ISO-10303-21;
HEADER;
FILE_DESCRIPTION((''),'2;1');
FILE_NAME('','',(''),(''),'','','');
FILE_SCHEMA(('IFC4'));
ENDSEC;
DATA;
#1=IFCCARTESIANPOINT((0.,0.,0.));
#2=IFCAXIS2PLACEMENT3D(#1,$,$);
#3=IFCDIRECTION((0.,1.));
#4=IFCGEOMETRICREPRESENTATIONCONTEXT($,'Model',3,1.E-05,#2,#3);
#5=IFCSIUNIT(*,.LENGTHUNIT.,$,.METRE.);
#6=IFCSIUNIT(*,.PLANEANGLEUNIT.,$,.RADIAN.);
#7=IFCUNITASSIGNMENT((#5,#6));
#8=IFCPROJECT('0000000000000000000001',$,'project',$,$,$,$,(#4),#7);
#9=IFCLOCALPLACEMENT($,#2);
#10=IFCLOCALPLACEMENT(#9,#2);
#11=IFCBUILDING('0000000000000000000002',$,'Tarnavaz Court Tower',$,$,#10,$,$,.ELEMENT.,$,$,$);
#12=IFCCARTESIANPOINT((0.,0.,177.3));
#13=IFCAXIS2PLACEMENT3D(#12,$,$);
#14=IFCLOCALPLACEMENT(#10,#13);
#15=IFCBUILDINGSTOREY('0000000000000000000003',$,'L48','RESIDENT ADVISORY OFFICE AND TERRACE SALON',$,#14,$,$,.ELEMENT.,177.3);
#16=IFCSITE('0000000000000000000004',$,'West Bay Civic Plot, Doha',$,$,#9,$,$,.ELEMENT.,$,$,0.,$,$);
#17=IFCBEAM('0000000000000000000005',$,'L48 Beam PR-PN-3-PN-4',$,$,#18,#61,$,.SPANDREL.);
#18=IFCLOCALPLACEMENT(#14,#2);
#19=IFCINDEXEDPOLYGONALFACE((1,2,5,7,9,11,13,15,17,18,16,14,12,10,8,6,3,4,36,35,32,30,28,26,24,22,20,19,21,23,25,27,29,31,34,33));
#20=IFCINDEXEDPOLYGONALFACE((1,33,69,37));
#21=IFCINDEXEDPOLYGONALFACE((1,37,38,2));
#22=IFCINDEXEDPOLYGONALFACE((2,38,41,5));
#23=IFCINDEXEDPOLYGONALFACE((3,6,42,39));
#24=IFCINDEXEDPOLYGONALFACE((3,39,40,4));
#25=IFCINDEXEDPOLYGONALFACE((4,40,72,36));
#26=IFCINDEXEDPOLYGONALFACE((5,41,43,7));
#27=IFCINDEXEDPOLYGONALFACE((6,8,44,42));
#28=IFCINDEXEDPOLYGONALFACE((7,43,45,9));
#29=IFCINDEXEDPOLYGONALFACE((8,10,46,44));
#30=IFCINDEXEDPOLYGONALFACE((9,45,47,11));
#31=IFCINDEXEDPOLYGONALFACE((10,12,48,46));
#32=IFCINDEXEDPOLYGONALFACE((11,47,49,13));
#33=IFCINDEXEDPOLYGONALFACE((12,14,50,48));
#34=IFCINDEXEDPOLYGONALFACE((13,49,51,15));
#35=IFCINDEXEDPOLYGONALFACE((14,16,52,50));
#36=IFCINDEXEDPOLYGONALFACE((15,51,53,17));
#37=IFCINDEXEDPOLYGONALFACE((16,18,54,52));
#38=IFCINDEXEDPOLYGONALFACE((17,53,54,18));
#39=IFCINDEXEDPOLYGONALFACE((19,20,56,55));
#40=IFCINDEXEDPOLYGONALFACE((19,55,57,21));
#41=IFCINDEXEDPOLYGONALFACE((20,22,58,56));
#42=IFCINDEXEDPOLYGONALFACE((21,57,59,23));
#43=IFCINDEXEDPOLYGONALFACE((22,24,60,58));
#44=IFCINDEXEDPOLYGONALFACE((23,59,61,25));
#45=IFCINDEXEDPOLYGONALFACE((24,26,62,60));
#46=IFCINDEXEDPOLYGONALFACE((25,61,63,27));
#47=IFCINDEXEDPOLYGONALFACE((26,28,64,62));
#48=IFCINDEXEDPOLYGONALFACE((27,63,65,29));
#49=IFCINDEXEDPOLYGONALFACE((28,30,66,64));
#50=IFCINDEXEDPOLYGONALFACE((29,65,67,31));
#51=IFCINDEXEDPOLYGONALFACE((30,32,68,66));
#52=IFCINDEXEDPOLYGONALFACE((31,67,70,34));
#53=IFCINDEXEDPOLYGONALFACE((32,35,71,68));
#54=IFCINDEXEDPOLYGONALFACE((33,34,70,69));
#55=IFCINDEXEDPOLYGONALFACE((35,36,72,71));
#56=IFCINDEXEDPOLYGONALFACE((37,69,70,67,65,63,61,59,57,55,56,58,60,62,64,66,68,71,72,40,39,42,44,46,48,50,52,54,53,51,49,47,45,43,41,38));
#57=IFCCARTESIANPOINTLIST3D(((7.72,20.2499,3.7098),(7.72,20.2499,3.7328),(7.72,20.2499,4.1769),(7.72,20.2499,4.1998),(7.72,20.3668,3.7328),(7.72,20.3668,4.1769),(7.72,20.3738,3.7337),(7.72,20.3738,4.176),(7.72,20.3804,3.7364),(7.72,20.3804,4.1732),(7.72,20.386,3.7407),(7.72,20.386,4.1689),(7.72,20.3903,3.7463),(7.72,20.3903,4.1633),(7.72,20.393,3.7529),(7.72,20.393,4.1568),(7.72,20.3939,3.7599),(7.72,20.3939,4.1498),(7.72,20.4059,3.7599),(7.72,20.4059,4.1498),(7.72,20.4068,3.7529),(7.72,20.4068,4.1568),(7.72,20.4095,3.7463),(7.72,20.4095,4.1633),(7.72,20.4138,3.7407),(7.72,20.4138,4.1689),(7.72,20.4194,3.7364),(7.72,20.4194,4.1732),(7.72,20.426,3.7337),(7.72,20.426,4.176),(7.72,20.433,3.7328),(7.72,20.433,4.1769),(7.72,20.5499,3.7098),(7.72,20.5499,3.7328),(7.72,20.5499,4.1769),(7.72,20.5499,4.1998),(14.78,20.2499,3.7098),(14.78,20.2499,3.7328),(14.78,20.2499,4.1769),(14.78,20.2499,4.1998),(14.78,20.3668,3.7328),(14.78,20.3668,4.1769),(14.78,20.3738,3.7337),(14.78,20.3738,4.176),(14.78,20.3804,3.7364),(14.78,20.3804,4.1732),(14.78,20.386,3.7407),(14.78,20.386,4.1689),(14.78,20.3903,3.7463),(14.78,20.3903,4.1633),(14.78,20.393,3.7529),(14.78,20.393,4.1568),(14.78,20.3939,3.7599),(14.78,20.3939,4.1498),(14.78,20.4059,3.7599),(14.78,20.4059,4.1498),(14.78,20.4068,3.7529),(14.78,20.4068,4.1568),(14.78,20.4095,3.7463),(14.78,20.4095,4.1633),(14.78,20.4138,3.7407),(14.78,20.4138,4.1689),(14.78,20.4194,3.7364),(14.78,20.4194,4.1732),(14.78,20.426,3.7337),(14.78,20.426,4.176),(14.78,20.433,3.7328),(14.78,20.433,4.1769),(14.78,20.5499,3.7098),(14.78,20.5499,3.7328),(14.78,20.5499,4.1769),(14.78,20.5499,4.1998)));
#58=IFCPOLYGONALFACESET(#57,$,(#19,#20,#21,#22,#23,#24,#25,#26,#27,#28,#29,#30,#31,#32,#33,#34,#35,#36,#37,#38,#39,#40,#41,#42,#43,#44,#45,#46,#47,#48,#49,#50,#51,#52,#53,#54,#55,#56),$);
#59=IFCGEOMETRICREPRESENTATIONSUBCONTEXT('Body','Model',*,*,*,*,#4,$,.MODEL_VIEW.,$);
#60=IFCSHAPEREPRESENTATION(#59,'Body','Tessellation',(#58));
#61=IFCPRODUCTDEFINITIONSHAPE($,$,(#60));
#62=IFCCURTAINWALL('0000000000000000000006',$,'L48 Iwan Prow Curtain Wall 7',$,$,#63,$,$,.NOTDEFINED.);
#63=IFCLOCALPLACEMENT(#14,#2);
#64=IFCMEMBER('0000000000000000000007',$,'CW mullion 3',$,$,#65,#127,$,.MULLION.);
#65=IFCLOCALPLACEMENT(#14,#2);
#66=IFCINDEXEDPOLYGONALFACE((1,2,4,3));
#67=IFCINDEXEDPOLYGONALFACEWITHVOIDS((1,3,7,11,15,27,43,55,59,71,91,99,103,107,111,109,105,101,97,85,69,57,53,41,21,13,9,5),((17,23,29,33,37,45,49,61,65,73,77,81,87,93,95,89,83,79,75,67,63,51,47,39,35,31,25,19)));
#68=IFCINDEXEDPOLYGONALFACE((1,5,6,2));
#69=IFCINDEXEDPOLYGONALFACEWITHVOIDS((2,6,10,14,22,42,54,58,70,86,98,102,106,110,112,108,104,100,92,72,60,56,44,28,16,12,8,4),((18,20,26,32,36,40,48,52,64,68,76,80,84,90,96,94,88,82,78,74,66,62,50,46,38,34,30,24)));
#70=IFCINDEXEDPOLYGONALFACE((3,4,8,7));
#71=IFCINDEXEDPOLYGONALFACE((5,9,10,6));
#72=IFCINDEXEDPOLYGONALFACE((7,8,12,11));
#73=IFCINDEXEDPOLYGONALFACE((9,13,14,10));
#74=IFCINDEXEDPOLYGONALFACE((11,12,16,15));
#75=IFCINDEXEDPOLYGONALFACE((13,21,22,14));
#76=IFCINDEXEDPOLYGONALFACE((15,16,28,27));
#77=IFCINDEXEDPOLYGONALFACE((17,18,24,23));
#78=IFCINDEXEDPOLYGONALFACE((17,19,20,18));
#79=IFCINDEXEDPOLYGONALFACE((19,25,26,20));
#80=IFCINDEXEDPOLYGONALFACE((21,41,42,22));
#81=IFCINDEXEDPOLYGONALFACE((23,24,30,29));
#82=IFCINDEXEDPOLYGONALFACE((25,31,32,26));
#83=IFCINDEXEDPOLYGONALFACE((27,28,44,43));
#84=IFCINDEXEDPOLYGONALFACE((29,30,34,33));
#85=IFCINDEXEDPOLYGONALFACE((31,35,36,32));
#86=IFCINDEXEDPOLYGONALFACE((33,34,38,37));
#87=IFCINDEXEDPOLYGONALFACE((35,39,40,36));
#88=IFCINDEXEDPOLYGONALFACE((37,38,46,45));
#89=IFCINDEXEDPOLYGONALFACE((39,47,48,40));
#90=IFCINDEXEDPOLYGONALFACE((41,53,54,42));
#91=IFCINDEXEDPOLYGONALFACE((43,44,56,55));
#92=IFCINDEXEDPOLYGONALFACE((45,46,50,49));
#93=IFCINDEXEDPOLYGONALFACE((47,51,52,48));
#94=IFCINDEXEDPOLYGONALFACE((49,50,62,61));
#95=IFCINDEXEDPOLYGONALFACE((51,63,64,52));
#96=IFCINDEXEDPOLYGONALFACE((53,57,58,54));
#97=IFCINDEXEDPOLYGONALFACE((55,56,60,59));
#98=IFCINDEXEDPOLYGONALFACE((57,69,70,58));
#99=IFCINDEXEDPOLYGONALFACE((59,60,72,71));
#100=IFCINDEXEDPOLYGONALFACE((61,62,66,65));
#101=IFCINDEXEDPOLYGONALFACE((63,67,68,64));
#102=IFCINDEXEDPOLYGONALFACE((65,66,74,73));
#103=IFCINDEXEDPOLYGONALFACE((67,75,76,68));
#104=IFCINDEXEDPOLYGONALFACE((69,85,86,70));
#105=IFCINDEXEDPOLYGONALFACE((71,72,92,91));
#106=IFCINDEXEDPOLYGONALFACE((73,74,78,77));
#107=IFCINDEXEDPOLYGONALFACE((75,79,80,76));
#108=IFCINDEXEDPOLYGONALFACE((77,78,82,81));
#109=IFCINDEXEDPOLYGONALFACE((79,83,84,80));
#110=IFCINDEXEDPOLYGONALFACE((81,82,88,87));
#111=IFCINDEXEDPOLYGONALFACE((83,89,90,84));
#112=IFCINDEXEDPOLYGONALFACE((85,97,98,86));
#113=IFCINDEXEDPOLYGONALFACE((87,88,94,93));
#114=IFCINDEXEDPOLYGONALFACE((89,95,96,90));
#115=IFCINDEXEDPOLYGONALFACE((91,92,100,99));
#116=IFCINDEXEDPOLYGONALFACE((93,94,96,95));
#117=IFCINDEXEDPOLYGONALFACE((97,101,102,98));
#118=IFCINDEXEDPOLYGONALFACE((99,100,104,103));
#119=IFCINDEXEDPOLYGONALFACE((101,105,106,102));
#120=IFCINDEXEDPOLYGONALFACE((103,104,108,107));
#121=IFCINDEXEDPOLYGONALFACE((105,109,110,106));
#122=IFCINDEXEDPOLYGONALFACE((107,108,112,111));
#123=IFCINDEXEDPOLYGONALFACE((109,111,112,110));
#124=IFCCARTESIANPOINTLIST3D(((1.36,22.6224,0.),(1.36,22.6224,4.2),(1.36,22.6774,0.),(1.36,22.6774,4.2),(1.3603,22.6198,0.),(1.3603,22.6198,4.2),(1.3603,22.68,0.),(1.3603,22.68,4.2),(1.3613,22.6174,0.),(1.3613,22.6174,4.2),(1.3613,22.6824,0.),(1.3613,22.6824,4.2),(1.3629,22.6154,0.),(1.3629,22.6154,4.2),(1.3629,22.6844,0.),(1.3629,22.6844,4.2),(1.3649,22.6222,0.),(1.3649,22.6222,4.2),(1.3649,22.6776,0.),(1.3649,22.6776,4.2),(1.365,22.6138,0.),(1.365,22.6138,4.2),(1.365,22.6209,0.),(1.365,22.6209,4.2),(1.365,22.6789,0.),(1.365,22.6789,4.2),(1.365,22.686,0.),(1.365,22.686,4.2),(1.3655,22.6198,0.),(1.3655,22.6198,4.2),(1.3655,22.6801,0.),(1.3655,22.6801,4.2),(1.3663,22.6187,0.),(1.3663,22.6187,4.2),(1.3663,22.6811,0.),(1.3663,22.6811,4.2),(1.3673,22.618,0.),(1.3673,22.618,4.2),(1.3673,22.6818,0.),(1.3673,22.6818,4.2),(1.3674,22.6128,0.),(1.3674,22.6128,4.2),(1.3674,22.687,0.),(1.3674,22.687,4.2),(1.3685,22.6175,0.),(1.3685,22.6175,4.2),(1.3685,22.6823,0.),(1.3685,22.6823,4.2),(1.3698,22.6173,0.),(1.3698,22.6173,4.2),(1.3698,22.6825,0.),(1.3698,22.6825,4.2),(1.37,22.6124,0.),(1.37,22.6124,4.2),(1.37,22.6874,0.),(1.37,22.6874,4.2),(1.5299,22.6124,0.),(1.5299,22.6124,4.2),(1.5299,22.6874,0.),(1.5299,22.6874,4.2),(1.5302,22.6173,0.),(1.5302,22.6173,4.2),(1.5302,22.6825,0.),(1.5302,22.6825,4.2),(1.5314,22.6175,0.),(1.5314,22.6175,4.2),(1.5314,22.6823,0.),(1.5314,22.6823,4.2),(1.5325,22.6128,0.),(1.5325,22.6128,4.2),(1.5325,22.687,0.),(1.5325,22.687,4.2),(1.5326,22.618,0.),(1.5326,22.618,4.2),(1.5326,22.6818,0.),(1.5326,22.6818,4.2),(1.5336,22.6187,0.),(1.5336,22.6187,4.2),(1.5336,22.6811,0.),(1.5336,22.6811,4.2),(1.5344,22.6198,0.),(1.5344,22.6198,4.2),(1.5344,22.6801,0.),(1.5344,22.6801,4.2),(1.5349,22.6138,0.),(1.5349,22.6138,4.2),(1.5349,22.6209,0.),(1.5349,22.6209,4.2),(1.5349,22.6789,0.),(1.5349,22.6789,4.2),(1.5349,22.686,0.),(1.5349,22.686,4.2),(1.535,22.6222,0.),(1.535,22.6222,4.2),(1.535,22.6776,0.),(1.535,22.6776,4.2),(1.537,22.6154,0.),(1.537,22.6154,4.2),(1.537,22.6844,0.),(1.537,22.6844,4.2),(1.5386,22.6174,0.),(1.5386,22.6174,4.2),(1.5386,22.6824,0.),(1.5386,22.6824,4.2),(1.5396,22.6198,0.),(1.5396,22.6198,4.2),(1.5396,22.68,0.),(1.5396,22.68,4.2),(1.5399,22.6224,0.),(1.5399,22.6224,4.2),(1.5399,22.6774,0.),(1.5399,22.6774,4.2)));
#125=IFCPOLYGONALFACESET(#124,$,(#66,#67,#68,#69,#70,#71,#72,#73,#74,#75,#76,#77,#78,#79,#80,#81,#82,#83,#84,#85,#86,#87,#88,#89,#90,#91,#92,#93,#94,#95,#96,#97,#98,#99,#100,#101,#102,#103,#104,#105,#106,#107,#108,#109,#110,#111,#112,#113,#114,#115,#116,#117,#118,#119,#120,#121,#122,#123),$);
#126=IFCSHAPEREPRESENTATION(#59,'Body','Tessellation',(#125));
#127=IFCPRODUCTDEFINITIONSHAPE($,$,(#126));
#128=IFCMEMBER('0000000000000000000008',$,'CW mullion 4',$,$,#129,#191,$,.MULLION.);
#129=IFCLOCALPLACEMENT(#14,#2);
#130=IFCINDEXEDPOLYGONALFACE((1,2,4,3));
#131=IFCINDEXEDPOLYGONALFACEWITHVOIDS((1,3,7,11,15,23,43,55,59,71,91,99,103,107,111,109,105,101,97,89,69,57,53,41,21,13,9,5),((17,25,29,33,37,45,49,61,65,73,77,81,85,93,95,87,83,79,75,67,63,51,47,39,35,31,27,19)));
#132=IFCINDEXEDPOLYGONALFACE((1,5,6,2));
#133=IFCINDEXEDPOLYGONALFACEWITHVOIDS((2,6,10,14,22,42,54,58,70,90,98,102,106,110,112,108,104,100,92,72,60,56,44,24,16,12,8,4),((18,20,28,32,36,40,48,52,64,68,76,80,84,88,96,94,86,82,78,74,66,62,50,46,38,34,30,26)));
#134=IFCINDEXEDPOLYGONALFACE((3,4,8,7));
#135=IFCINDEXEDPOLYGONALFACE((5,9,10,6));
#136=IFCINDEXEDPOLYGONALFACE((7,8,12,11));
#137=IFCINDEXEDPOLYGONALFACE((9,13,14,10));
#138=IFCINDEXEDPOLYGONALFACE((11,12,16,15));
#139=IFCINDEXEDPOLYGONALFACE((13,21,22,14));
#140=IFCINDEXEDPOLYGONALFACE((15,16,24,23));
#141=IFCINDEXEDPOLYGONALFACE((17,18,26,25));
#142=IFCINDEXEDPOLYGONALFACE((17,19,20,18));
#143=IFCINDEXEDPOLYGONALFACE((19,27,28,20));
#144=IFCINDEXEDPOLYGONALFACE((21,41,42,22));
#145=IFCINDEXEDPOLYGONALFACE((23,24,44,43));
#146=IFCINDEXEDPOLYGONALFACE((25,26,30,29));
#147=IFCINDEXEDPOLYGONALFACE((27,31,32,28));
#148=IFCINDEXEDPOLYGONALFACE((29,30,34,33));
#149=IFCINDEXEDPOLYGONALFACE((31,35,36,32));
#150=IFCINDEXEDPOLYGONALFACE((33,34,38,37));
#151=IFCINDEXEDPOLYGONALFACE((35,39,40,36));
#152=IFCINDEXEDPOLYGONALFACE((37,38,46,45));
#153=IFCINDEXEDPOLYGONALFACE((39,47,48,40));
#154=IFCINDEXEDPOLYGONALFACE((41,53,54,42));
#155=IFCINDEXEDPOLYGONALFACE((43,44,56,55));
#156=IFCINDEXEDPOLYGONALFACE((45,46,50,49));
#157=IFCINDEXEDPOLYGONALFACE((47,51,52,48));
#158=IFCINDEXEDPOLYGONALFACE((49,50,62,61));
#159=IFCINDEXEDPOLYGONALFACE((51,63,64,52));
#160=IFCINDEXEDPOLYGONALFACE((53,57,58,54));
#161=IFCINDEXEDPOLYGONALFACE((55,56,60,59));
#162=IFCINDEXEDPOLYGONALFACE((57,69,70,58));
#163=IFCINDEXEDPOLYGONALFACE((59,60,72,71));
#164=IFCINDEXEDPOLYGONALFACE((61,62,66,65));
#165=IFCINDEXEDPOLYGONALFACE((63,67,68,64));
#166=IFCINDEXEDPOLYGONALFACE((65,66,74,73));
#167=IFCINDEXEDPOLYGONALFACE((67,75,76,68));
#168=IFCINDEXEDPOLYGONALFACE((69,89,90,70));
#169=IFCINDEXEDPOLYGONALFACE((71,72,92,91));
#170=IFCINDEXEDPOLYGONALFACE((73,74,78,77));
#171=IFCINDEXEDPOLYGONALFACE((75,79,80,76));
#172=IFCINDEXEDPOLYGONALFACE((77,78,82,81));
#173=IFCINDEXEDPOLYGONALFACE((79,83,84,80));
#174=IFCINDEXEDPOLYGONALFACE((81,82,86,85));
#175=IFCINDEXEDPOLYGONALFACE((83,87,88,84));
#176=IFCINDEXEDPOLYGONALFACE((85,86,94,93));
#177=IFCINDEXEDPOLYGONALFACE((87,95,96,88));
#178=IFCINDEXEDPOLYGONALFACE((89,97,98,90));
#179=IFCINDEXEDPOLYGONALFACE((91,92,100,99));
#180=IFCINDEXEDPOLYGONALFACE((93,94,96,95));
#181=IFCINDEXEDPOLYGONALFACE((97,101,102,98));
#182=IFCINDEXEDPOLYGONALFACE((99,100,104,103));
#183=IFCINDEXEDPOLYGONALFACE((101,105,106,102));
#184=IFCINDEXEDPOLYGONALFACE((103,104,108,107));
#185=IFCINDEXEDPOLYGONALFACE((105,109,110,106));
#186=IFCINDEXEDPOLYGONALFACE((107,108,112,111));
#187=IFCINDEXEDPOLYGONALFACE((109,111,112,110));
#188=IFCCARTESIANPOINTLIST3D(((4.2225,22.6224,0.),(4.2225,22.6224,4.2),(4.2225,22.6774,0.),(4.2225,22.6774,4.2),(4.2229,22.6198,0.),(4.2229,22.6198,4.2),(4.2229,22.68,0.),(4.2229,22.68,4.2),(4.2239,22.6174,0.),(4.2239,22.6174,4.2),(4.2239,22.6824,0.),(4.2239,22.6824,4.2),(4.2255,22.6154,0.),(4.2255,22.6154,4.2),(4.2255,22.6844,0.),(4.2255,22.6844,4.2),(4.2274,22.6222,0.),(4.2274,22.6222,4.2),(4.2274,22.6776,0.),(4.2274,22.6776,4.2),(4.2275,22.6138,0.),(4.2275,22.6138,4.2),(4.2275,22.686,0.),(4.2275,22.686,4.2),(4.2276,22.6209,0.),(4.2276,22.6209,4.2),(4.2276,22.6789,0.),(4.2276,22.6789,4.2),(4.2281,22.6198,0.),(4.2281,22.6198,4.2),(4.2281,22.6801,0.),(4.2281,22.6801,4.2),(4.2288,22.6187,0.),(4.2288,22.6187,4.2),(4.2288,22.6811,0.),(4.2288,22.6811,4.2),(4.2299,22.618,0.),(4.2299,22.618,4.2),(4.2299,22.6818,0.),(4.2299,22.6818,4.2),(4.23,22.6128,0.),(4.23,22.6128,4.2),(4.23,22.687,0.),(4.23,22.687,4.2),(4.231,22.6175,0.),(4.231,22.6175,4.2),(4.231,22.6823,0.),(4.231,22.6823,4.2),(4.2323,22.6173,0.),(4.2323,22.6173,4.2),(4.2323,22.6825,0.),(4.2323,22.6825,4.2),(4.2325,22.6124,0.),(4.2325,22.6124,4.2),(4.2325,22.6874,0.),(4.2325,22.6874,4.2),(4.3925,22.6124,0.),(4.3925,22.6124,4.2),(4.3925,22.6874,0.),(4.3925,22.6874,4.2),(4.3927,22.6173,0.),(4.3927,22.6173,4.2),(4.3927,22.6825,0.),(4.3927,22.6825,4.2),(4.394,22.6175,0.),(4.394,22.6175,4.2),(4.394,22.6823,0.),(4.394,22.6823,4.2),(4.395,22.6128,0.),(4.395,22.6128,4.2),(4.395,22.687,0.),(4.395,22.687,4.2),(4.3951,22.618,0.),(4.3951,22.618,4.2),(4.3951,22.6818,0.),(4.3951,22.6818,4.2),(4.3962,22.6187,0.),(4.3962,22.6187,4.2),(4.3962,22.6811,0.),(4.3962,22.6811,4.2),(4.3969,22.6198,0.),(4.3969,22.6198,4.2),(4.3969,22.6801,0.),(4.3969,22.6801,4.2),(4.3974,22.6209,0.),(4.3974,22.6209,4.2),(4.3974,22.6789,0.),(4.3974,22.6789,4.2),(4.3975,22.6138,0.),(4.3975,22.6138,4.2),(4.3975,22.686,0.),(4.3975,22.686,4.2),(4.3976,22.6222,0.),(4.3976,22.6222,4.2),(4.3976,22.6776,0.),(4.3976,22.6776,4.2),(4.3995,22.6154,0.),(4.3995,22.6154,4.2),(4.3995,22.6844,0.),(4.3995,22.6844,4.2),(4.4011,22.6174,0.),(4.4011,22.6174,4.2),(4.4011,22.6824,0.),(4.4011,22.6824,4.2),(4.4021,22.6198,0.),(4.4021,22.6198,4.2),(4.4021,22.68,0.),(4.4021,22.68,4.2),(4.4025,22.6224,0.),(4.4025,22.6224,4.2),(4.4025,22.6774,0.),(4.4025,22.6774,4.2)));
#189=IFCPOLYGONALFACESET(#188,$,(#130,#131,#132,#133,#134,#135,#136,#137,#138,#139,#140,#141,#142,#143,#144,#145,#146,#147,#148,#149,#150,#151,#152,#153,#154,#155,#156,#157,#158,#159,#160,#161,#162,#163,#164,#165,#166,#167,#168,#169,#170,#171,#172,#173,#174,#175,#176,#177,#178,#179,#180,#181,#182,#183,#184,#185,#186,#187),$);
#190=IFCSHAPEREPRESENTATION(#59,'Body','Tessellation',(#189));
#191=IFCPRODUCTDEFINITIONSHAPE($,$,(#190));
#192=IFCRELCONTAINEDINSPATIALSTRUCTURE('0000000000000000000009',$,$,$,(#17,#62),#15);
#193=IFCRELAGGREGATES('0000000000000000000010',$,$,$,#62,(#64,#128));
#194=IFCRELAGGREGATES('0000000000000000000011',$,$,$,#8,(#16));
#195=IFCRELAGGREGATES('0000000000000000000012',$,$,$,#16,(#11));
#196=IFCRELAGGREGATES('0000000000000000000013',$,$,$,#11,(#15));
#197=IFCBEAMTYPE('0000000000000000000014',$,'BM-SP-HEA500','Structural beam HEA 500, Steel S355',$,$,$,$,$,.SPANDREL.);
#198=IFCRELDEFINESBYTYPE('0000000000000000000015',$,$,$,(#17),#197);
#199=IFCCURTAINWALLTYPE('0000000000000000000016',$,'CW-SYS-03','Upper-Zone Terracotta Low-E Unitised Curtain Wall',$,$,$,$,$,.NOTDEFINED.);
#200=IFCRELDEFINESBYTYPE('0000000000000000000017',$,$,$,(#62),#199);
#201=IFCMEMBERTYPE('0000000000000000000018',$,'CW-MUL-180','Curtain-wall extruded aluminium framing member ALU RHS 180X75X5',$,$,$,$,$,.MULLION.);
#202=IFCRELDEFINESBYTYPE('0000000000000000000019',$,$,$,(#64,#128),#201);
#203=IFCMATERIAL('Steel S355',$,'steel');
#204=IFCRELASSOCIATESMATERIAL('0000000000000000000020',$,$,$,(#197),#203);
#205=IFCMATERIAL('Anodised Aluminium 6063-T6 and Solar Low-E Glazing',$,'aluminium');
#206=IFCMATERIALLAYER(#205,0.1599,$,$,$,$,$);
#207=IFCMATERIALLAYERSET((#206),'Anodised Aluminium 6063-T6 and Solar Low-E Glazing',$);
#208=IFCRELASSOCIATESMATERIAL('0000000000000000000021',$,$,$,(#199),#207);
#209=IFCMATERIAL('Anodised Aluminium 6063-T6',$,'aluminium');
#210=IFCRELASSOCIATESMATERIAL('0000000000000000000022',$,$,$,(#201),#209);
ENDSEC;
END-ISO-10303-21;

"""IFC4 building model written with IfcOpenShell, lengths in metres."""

from ifc_helpers import new_model, si_unit, direction, frame, origin, origin_2d, place, context, subcontext, project, spatial, hollow_rectangle, i_section, extrude, material, layer, layer_set, material_profile, profile_set, type_object, element, aggregate, save


model = new_model("IFC4")

# Units and contexts
model_context = context("Model", 3, precision=1e-05, world=origin(), true_north=direction((0.0, 1.0)))
body_context = subcontext(model_context, "Body", "Model", "MODEL_VIEW")
ifc_project = project(units=[si_unit("LENGTHUNIT", "METRE"), si_unit("PLANEANGLEUNIT", "RADIAN")], contexts=[model_context])

# Site, building, storey
site_placement = place(None, origin())
site = spatial("IfcSite", under=ifc_project, at=site_placement, Name="West Bay Civic Plot, Doha", CompositionType="ELEMENT", RefElevation=0.0)
building_placement = place(site_placement, origin())
building = spatial("IfcBuilding", under=site, at=building_placement, Name="Tarnavaz Court Tower", CompositionType="ELEMENT")
storey_placement = place(building_placement, frame((0.0, 0.0, 177.3)))
storey = spatial("IfcBuildingStorey", under=building, at=storey_placement, Name="L48", Description="RESIDENT ADVISORY OFFICE AND TERRACE SALON", CompositionType="ELEMENT", Elevation=177.3)

# Beam
ifc_material_1 = material(Name="Steel S355", Category="steel")
ifc_material_profile_1 = material_profile(ifc_material_1, i_section(OverallWidth=0.3, OverallDepth=0.49, WebThickness=0.012, FlangeThickness=0.0229, FilletRadius=0.0271, at=origin_2d()), Name="HEA 500")
ifc_profile_set_1 = profile_set([ifc_material_profile_1], Name="Steel S355")
beam_type_1 = type_object("IfcBeamType", Name="BM-SP-HEA500", Description="Structural beam HEA 500, Steel S355", PredefinedType="SPANDREL", material=ifc_profile_set_1)
beam_1_placement = place(storey_placement, frame((7.72, 20.3999, 3.9548), z_axis=(1.0, 0.0, 0.0), x_axis=(0.0, 1.0, 0.0)))
element("IfcBeam", 1, at=beam_1_placement, inside=storey, type_object=beam_type_1, Name="L48 Beam PR-PN-3-PN-4", PredefinedType="SPANDREL", context=body_context, shape_type="SweptSolid", body=[
    extrude(i_section(OverallWidth=0.3, OverallDepth=0.49, WebThickness=0.012, FlangeThickness=0.0229, FilletRadius=0.0271, at=origin_2d()), origin(), (0.0, 0.0, 1.0), 7.0601),
])

# Curtain wall, members
ifc_material_2 = material(Name="Anodised Aluminium 6063-T6 and Solar Low-E Glazing", Category="aluminium")
ifc_layer_1 = layer(ifc_material_2, 0.1599)
ifc_layer_set_1 = layer_set([ifc_layer_1], Name="Anodised Aluminium 6063-T6 and Solar Low-E Glazing")
curtain_wall_type = type_object("IfcCurtainWallType", Name="CW-SYS-03", Description="Upper-Zone Terracotta Low-E Unitised Curtain Wall", PredefinedType="NOTDEFINED", material=ifc_layer_set_1)
curtain_wall_placement = place(storey_placement, origin())
curtain_wall = element("IfcCurtainWall", 2, at=curtain_wall_placement, inside=storey, type_object=curtain_wall_type, Name="L48 Iwan Prow Curtain Wall 7", PredefinedType="NOTDEFINED")
ifc_material_3 = material(Name="Anodised Aluminium 6063-T6", Category="aluminium")
ifc_material_profile_2 = material_profile(ifc_material_3, hollow_rectangle(XDim=0.075, YDim=0.1799, WallThickness=0.0049, InnerFilletRadius=0.0049, OuterFilletRadius=0.01, at=origin_2d()), Name="ALU RHS 180X75X5")
ifc_profile_set_2 = profile_set([ifc_material_profile_2], Name="Anodised Aluminium 6063-T6")
member_type_1 = type_object("IfcMemberType", Name="CW-MUL-180", Description="Curtain-wall extruded aluminium framing member ALU RHS 180X75X5", PredefinedType="MULLION", material=ifc_profile_set_2)
member_1_placement = place(storey_placement, frame((1.45, 22.6499, 0.0), z_axis=(0.0, 0.0, 1.0), x_axis=(0.0, 1.0, 0.0)))
member_1 = element("IfcMember", 3, at=member_1_placement, type_object=member_type_1, Name="CW mullion 3", PredefinedType="MULLION", context=body_context, shape_type="SweptSolid", body=[
    extrude(hollow_rectangle(XDim=0.075, YDim=0.1799, WallThickness=0.0049, InnerFilletRadius=0.0049, OuterFilletRadius=0.01, at=origin_2d()), origin(), (0.0, 0.0, 1.0), 4.2),
])
member_2_placement = place(storey_placement, frame((4.3125, 22.6499, 0.0), z_axis=(0.0, 0.0, 1.0), x_axis=(0.0, 1.0, 0.0)))
member_2 = element("IfcMember", 4, at=member_2_placement, type_object=member_type_1, Name="CW mullion 4", PredefinedType="MULLION", context=body_context, shape_type="SweptSolid", body=[
    extrude(hollow_rectangle(XDim=0.075, YDim=0.1799, WallThickness=0.0049, InnerFilletRadius=0.0049, OuterFilletRadius=0.01, at=origin_2d()), origin(), (0.0, 0.0, 1.0), 4.2),
])
aggregate(curtain_wall, [member_1, member_2])

save(model, "model.ifc")
